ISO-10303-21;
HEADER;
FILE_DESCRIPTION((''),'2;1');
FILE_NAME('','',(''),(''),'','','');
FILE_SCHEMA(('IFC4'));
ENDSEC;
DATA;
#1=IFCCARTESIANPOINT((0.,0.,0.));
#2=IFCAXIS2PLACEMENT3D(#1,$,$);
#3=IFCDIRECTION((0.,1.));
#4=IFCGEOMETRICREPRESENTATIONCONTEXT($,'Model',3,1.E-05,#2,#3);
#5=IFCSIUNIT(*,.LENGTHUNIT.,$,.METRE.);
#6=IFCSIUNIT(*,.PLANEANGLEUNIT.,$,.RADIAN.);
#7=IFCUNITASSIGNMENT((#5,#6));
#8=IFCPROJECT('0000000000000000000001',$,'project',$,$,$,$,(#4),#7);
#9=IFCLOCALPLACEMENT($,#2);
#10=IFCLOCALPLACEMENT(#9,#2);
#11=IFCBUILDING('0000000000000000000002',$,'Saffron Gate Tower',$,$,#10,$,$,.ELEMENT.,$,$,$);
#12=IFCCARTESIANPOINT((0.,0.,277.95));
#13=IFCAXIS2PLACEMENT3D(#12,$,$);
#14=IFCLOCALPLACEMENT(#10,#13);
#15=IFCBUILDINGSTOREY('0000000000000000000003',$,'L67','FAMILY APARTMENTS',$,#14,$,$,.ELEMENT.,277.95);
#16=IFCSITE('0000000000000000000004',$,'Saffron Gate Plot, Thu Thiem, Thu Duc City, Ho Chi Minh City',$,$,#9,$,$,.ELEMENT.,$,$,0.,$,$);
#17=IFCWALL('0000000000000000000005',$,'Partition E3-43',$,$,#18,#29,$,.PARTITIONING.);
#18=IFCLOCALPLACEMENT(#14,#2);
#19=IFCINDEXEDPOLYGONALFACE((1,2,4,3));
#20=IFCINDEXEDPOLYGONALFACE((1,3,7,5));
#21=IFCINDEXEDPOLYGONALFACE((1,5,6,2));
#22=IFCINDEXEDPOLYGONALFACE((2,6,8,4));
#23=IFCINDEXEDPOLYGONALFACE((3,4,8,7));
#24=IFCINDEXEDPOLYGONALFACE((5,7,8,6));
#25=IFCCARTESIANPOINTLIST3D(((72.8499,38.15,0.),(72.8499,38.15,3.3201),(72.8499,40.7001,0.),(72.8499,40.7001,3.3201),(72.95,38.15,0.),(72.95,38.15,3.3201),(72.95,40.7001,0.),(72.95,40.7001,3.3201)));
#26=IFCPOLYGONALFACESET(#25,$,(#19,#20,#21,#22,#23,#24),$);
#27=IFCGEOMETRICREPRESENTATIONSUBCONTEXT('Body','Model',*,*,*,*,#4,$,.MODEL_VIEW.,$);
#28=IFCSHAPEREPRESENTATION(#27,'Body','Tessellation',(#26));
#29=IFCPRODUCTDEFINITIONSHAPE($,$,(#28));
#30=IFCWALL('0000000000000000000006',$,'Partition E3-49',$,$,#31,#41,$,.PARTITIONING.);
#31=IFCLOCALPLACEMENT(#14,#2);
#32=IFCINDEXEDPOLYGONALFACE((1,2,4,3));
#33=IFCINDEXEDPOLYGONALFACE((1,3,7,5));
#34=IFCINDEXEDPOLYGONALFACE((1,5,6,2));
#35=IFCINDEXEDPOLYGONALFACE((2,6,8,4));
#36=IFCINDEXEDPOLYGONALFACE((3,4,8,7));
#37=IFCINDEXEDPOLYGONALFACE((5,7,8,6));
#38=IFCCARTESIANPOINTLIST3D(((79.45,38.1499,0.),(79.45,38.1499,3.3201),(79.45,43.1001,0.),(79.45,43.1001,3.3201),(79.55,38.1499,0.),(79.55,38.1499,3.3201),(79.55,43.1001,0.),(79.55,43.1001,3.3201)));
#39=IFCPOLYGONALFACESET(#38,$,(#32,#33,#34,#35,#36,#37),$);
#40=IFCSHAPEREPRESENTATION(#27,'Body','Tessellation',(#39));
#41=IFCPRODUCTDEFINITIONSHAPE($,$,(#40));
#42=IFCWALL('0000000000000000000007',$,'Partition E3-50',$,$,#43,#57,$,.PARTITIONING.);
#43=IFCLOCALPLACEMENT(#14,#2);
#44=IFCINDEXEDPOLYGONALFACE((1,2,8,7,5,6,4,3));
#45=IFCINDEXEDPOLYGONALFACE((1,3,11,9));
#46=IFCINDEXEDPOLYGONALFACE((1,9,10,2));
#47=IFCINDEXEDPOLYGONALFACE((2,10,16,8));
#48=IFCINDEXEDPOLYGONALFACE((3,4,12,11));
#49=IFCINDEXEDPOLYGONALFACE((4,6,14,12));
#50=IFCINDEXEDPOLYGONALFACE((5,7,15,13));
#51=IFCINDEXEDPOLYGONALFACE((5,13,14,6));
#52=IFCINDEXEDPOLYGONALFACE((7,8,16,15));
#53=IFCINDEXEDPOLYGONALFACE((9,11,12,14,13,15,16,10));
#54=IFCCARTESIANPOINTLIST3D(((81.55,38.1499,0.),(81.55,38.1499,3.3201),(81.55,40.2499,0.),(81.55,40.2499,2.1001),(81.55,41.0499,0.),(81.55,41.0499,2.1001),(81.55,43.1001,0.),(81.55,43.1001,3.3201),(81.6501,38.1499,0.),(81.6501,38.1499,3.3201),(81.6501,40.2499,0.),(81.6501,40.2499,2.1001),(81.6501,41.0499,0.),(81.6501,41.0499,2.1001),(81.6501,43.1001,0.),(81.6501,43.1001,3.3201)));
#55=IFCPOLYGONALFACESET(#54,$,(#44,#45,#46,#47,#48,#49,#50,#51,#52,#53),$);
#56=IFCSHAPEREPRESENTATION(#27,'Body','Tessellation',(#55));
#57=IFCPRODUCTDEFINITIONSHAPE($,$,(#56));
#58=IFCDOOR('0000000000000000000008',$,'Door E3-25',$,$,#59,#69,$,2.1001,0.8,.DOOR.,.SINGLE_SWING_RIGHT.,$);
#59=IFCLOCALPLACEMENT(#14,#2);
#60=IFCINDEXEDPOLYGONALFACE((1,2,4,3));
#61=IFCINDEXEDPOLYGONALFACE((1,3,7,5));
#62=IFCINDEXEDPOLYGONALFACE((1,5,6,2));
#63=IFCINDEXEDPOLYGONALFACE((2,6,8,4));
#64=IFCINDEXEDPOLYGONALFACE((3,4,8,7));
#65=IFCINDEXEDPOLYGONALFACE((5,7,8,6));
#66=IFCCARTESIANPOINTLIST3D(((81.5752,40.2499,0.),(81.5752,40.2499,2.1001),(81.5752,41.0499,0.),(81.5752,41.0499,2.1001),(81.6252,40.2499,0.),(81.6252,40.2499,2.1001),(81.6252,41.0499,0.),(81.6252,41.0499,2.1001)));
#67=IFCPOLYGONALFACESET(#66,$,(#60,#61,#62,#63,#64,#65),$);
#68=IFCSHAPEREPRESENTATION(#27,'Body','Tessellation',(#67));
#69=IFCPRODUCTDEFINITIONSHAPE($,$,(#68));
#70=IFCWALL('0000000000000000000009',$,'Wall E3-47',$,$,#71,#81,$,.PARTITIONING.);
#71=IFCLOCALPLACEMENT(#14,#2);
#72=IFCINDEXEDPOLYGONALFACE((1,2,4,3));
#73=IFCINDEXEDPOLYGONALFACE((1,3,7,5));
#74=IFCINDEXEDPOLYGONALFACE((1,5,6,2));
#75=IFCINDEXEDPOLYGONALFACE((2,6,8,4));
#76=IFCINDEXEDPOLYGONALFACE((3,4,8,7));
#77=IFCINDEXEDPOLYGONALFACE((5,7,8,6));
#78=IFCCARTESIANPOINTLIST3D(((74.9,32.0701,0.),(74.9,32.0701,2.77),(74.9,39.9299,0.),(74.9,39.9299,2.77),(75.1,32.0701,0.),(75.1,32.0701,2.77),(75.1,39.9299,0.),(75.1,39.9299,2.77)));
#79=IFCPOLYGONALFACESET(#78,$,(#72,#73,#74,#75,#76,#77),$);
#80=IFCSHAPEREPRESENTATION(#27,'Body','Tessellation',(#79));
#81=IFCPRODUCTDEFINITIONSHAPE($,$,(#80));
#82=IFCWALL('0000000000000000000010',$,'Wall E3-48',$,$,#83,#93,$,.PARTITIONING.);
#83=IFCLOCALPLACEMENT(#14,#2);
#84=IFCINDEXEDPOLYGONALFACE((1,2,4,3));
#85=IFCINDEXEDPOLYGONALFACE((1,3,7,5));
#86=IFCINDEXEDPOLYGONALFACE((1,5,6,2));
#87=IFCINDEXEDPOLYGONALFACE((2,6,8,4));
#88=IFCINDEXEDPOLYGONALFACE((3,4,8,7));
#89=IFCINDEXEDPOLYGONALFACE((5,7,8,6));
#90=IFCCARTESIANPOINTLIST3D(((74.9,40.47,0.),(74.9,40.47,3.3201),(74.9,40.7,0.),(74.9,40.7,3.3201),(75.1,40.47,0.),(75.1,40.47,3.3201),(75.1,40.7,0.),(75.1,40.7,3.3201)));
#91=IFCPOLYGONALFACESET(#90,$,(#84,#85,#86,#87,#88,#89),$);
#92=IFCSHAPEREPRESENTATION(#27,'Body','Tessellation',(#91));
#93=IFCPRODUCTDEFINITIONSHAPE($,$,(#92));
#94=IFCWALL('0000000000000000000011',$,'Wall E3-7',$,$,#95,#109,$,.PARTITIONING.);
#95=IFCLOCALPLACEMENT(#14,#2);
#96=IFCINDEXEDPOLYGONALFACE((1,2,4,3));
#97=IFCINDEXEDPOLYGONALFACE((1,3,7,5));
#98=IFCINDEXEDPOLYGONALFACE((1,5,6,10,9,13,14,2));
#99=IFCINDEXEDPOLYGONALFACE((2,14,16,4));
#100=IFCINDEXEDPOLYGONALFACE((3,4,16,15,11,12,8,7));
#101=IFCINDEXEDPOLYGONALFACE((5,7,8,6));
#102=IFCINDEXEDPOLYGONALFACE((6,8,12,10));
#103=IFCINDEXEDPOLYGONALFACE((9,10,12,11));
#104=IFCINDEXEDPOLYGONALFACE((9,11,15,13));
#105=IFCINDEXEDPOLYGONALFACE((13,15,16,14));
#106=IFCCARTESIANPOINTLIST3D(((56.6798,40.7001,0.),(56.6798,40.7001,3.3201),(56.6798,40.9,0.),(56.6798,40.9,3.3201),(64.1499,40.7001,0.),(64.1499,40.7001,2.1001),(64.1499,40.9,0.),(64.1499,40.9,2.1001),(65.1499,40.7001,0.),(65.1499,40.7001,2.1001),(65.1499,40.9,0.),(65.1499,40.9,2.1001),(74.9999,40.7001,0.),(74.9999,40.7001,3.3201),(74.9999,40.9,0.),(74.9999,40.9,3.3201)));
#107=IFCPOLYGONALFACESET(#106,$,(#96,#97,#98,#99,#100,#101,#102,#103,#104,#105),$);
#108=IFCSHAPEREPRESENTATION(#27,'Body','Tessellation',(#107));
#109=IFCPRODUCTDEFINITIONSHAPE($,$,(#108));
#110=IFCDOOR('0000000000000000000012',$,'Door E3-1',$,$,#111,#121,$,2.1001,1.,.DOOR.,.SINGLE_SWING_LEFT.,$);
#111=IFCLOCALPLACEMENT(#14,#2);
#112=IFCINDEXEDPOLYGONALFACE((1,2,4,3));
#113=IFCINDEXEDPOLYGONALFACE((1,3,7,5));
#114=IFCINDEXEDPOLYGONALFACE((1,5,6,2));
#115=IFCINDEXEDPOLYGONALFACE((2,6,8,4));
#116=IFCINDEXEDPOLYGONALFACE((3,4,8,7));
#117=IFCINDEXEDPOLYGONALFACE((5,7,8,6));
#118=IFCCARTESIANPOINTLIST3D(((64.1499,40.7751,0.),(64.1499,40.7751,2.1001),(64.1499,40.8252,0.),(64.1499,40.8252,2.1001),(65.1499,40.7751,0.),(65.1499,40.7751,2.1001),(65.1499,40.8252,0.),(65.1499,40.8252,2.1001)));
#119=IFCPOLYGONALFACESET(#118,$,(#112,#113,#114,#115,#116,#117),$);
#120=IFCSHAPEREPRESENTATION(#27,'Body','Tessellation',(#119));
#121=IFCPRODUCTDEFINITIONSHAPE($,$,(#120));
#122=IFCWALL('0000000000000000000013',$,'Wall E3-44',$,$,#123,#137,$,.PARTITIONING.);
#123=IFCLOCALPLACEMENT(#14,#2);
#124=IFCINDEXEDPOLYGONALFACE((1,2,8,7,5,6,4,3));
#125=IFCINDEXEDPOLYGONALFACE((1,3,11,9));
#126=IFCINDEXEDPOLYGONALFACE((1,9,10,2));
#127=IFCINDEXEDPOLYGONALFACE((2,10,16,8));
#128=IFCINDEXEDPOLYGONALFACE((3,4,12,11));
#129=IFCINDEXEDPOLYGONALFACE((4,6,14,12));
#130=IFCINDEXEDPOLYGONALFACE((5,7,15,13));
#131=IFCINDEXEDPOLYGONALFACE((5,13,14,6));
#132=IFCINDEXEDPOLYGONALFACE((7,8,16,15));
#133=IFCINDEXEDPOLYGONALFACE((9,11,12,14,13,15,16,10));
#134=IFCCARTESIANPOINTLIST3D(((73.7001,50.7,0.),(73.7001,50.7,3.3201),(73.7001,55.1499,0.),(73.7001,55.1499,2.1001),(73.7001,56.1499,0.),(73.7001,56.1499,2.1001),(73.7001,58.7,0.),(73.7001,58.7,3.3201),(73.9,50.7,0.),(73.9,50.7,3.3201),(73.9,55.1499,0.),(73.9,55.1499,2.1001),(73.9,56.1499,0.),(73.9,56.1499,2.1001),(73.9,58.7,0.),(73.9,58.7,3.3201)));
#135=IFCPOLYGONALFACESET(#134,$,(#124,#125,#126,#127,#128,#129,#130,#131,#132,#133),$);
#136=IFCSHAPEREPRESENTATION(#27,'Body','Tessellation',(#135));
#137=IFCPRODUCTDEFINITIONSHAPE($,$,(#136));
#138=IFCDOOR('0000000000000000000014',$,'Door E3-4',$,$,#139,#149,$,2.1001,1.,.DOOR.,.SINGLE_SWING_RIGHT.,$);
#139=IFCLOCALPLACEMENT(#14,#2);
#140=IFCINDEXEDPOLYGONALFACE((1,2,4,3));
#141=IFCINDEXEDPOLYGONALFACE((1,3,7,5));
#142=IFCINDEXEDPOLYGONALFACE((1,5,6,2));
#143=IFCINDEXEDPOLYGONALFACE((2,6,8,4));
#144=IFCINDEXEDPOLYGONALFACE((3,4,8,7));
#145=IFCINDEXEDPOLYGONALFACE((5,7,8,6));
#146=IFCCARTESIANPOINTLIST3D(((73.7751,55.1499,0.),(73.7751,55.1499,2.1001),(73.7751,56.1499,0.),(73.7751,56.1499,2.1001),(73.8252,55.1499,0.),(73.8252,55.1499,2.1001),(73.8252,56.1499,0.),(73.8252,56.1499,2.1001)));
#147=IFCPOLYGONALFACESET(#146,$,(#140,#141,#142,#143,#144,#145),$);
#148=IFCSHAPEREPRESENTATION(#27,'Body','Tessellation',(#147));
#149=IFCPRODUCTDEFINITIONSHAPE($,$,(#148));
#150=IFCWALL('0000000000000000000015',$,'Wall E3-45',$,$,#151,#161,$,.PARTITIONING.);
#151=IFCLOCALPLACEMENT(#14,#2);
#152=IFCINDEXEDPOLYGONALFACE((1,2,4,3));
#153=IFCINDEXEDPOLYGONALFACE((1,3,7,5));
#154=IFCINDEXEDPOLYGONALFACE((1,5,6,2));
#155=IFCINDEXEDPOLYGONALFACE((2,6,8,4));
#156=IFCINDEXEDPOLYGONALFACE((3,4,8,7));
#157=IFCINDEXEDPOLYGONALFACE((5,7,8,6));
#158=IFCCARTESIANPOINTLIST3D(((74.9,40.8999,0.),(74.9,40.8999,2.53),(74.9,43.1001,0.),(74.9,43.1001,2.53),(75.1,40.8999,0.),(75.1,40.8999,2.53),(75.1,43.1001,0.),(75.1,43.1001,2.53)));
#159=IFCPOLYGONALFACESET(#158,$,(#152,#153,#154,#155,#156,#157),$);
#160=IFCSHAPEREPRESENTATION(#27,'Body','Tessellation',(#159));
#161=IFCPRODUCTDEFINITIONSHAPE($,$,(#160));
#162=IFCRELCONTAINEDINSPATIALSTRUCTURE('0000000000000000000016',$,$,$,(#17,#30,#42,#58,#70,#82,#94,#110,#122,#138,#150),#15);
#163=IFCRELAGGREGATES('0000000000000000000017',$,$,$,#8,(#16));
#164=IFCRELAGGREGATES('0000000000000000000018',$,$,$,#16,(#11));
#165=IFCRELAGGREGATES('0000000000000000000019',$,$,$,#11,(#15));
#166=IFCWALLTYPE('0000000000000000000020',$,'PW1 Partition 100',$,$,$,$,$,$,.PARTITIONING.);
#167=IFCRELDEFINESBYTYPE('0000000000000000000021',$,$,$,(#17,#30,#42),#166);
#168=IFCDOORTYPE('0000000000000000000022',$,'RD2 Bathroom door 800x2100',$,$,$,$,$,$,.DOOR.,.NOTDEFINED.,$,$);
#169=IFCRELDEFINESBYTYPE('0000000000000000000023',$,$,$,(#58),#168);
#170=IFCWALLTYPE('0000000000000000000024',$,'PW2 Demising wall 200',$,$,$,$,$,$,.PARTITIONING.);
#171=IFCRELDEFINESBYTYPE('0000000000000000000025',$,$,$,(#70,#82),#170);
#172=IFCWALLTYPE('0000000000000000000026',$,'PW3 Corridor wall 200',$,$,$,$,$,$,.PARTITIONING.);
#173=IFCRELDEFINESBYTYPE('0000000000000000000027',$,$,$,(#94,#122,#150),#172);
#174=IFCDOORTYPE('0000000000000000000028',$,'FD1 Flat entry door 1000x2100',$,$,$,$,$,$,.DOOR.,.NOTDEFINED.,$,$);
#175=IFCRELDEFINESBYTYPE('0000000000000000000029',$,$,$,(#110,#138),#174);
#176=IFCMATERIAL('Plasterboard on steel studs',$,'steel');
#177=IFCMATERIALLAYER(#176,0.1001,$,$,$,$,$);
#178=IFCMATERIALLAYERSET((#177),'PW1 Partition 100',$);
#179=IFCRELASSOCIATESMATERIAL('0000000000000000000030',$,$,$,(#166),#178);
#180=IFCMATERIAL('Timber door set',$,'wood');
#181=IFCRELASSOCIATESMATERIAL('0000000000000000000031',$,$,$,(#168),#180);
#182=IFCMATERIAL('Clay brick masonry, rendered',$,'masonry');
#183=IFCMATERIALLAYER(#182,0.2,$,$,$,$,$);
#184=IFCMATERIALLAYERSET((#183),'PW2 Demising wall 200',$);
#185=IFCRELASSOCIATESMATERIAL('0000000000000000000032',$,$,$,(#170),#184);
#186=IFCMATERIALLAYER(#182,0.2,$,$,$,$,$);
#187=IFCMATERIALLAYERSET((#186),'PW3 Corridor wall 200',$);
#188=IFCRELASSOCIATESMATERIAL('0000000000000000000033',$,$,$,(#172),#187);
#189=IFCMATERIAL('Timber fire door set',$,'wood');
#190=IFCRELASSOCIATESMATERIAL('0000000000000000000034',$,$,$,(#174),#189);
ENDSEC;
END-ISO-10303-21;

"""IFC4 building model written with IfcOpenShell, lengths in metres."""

from ifc_helpers import new_model, si_unit, direction, frame, frame_2d, origin, place, context, subcontext, project, spatial, rectangle, extrude, material, layer, layer_set, type_object, element, fill, save


model = new_model("IFC4")

# Units and contexts
model_context = context("Model", 3, precision=1e-05, world=origin(), true_north=direction((0.0, 1.0)))
body_context = subcontext(model_context, "Body", "Model", "MODEL_VIEW")
ifc_project = project(units=[si_unit("LENGTHUNIT", "METRE"), si_unit("PLANEANGLEUNIT", "RADIAN")], contexts=[model_context])

# Site, building, storey
site_placement = place(None, origin())
site = spatial("IfcSite", under=ifc_project, at=site_placement, Name="Saffron Gate Plot, Thu Thiem, Thu Duc City, Ho Chi Minh City", CompositionType="ELEMENT", RefElevation=0.0)
building_placement = place(site_placement, origin())
building = spatial("IfcBuilding", under=site, at=building_placement, Name="Saffron Gate Tower", CompositionType="ELEMENT")
storey_placement = place(building_placement, frame((0.0, 0.0, 277.95)))
storey = spatial("IfcBuildingStorey", under=building, at=storey_placement, Name="L67", Description="FAMILY APARTMENTS", CompositionType="ELEMENT", Elevation=277.95)

# Walls
ifc_material_1 = material(Name="Plasterboard on steel studs", Category="steel")
ifc_layer_1 = layer(ifc_material_1, 0.1001)
ifc_layer_set_1 = layer_set([ifc_layer_1], Name="PW1 Partition 100")
wall_type_1 = type_object("IfcWallType", Name="PW1 Partition 100", PredefinedType="PARTITIONING", material=ifc_layer_set_1)
wall_1_placement = place(storey_placement, frame((72.8999, 40.7, 0.0), z_axis=(0.0, 0.0, 1.0), x_axis=(0.0, -1.0, 0.0)))
element("IfcWall", 1, at=wall_1_placement, inside=storey, type_object=wall_type_1, Name="Partition E3-43", PredefinedType="PARTITIONING", context=body_context, shape_type="SweptSolid", body=[
    extrude(rectangle(XDim=2.55, YDim=0.1001, at=frame_2d((1.2749, 0.0))), origin(), (0.0, 0.0, 1.0), 3.3201),
])
wall_2_placement = place(storey_placement, frame((79.5, 43.1001, 0.0), z_axis=(0.0, 0.0, 1.0), x_axis=(0.0, -1.0, 0.0)))
element("IfcWall", 2, at=wall_2_placement, inside=storey, type_object=wall_type_1, Name="Partition E3-49", PredefinedType="PARTITIONING", context=body_context, shape_type="SweptSolid", body=[
    extrude(rectangle(XDim=4.9502, YDim=0.1001, at=frame_2d((2.4751, 0.0))), origin(), (0.0, 0.0, 1.0), 3.3201),
])

# Wall, opening, door
wall_3_placement = place(storey_placement, frame((81.6001, 38.1499, 0.0), z_axis=(0.0, 0.0, 1.0), x_axis=(0.0, 1.0, 0.0)))
wall_3 = element("IfcWall", 3, at=wall_3_placement, inside=storey, type_object=wall_type_1, Name="Partition E3-50", PredefinedType="PARTITIONING", context=body_context, shape_type="SweptSolid", body=[
    extrude(rectangle(XDim=4.9502, YDim=0.1001, at=frame_2d((2.4751, 0.0))), origin(), (0.0, 0.0, 1.0), 3.3201),
])
opening_1_placement = place(wall_3_placement, frame((2.1001, 0.0, 0.0)))
opening_1 = element("IfcOpeningElement", 4, at=opening_1_placement, cuts=wall_3, PredefinedType="OPENING", context=body_context, shape_type="SweptSolid", body=[
    extrude(rectangle(XDim=0.8, YDim=2.1001, at=frame_2d((0.3999, 1.05))), frame((0.0, 0.0601, 0.0), z_axis=(0.0, -1.0, 0.0), x_axis=(1.0, 0.0, 0.0)), (0.0, 0.0, 1.0), 0.1201),
])
ifc_material_2 = material(Name="Timber door set", Category="wood")
door_type_1 = type_object("IfcDoorType", Name="RD2 Bathroom door 800x2100", OperationType="NOTDEFINED", PredefinedType="DOOR", material=ifc_material_2)
door_1_placement = place(opening_1_placement, origin())
door_1 = element("IfcDoor", 5, at=door_1_placement, inside=storey, type_object=door_type_1, Name="Door E3-25", OperationType="SINGLE_SWING_RIGHT", OverallHeight=2.1001, OverallWidth=0.8, PredefinedType="DOOR", context=body_context, shape_type="SweptSolid", body=[
    extrude(rectangle(XDim=0.8, YDim=2.1001, at=frame_2d((0.3999, 1.05))), frame((0.0, 0.0249, 0.0), z_axis=(0.0, -1.0, 0.0), x_axis=(1.0, 0.0, 0.0)), (0.0, 0.0, 1.0), 0.05),
])
fill(opening_1, door_1)

# Walls
ifc_material_3 = material(Name="Clay brick masonry, rendered", Category="masonry")
ifc_layer_2 = layer(ifc_material_3, 0.2)
ifc_layer_set_2 = layer_set([ifc_layer_2], Name="PW2 Demising wall 200")
wall_type_2 = type_object("IfcWallType", Name="PW2 Demising wall 200", PredefinedType="PARTITIONING", material=ifc_layer_set_2)
wall_4_placement = place(storey_placement, frame((75.0, 39.9299, 0.0), z_axis=(0.0, 0.0, 1.0), x_axis=(0.0, -1.0, 0.0)))
element("IfcWall", 6, at=wall_4_placement, inside=storey, type_object=wall_type_2, Name="Wall E3-47", PredefinedType="PARTITIONING", context=body_context, shape_type="SweptSolid", body=[
    extrude(rectangle(XDim=7.8599, YDim=0.2, at=frame_2d((3.9299, 0.0))), origin(), (0.0, 0.0, 1.0), 2.77),
])
wall_5_placement = place(storey_placement, frame((75.0, 40.7, 0.0), z_axis=(0.0, 0.0, 1.0), x_axis=(0.0, -1.0, 0.0)))
element("IfcWall", 7, at=wall_5_placement, inside=storey, type_object=wall_type_2, Name="Wall E3-48", PredefinedType="PARTITIONING", context=body_context, shape_type="SweptSolid", body=[
    extrude(rectangle(XDim=0.23, YDim=0.2, at=frame_2d((0.115, 0.0))), origin(), (0.0, 0.0, 1.0), 3.3201),
])

# Walls, openings, doors
ifc_layer_3 = layer(ifc_material_3, 0.2)
ifc_layer_set_3 = layer_set([ifc_layer_3], Name="PW3 Corridor wall 200")
wall_type_3 = type_object("IfcWallType", Name="PW3 Corridor wall 200", PredefinedType="PARTITIONING", material=ifc_layer_set_3)
wall_6_placement = place(storey_placement, frame((75.0, 40.8, 0.0), z_axis=(0.0, 0.0, 1.0), x_axis=(-1.0, 0.0, 0.0)))
wall_6 = element("IfcWall", 8, at=wall_6_placement, inside=storey, type_object=wall_type_3, Name="Wall E3-7", PredefinedType="PARTITIONING", context=body_context, shape_type="SweptSolid", body=[
    extrude(rectangle(XDim=18.3201, YDim=0.2, at=frame_2d((9.1602, 0.0))), origin(), (0.0, 0.0, 1.0), 3.3201),
])
opening_2_placement = place(wall_6_placement, frame((9.8501, 0.0, 0.0)))
opening_2 = element("IfcOpeningElement", 9, at=opening_2_placement, cuts=wall_6, PredefinedType="OPENING", context=body_context, shape_type="SweptSolid", body=[
    extrude(rectangle(XDim=1.0, YDim=2.1001, at=frame_2d((0.5, 1.05))), frame((0.0, 0.1099, 0.0), z_axis=(0.0, -1.0, 0.0), x_axis=(1.0, 0.0, 0.0)), (0.0, 0.0, 1.0), 0.22),
])
ifc_material_4 = material(Name="Timber fire door set", Category="wood")
door_type_2 = type_object("IfcDoorType", Name="FD1 Flat entry door 1000x2100", OperationType="NOTDEFINED", PredefinedType="DOOR", material=ifc_material_4)
door_2_placement = place(opening_2_placement, origin())
door_2 = element("IfcDoor", 10, at=door_2_placement, inside=storey, type_object=door_type_2, Name="Door E3-1", OperationType="SINGLE_SWING_LEFT", OverallHeight=2.1001, OverallWidth=1.0, PredefinedType="DOOR", context=body_context, shape_type="SweptSolid", body=[
    extrude(rectangle(XDim=1.0, YDim=2.1001, at=frame_2d((0.5, 1.05))), frame((0.0, 0.0249, 0.0), z_axis=(0.0, -1.0, 0.0), x_axis=(1.0, 0.0, 0.0)), (0.0, 0.0, 1.0), 0.05),
])
fill(opening_2, door_2)
wall_7_placement = place(storey_placement, frame((73.8, 50.7, 0.0), z_axis=(0.0, 0.0, 1.0), x_axis=(0.0, 1.0, 0.0)))
wall_7 = element("IfcWall", 11, at=wall_7_placement, inside=storey, type_object=wall_type_3, Name="Wall E3-44", PredefinedType="PARTITIONING", context=body_context, shape_type="SweptSolid", body=[
    extrude(rectangle(XDim=8.0, YDim=0.2, at=frame_2d((4.0, 0.0))), origin(), (0.0, 0.0, 1.0), 3.3201),
])
opening_3_placement = place(wall_7_placement, frame((4.45, 0.0, 0.0)))
opening_3 = element("IfcOpeningElement", 12, at=opening_3_placement, cuts=wall_7, PredefinedType="OPENING", context=body_context, shape_type="SweptSolid", body=[
    extrude(rectangle(XDim=1.0, YDim=2.1001, at=frame_2d((0.5, 1.05))), frame((0.0, 0.1099, 0.0), z_axis=(0.0, -1.0, 0.0), x_axis=(1.0, 0.0, 0.0)), (0.0, 0.0, 1.0), 0.22),
])
door_3_placement = place(opening_3_placement, origin())
door_3 = element("IfcDoor", 13, at=door_3_placement, inside=storey, type_object=door_type_2, Name="Door E3-4", OperationType="SINGLE_SWING_RIGHT", OverallHeight=2.1001, OverallWidth=1.0, PredefinedType="DOOR", context=body_context, shape_type="SweptSolid", body=[
    extrude(rectangle(XDim=1.0, YDim=2.1001, at=frame_2d((0.5, 1.05))), frame((0.0, 0.0249, 0.0), z_axis=(0.0, -1.0, 0.0), x_axis=(1.0, 0.0, 0.0)), (0.0, 0.0, 1.0), 0.05),
])
fill(opening_3, door_3)

# Wall
wall_8_placement = place(storey_placement, frame((75.0, 43.1001, 0.0), z_axis=(0.0, 0.0, 1.0), x_axis=(0.0, -1.0, 0.0)))
element("IfcWall", 14, at=wall_8_placement, inside=storey, type_object=wall_type_3, Name="Wall E3-45", PredefinedType="PARTITIONING", context=body_context, shape_type="SweptSolid", body=[
    extrude(rectangle(XDim=2.2002, YDim=0.2, at=frame_2d((1.1001, 0.0))), origin(), (0.0, 0.0, 1.0), 2.53),
])

save(model, "model.ifc")
